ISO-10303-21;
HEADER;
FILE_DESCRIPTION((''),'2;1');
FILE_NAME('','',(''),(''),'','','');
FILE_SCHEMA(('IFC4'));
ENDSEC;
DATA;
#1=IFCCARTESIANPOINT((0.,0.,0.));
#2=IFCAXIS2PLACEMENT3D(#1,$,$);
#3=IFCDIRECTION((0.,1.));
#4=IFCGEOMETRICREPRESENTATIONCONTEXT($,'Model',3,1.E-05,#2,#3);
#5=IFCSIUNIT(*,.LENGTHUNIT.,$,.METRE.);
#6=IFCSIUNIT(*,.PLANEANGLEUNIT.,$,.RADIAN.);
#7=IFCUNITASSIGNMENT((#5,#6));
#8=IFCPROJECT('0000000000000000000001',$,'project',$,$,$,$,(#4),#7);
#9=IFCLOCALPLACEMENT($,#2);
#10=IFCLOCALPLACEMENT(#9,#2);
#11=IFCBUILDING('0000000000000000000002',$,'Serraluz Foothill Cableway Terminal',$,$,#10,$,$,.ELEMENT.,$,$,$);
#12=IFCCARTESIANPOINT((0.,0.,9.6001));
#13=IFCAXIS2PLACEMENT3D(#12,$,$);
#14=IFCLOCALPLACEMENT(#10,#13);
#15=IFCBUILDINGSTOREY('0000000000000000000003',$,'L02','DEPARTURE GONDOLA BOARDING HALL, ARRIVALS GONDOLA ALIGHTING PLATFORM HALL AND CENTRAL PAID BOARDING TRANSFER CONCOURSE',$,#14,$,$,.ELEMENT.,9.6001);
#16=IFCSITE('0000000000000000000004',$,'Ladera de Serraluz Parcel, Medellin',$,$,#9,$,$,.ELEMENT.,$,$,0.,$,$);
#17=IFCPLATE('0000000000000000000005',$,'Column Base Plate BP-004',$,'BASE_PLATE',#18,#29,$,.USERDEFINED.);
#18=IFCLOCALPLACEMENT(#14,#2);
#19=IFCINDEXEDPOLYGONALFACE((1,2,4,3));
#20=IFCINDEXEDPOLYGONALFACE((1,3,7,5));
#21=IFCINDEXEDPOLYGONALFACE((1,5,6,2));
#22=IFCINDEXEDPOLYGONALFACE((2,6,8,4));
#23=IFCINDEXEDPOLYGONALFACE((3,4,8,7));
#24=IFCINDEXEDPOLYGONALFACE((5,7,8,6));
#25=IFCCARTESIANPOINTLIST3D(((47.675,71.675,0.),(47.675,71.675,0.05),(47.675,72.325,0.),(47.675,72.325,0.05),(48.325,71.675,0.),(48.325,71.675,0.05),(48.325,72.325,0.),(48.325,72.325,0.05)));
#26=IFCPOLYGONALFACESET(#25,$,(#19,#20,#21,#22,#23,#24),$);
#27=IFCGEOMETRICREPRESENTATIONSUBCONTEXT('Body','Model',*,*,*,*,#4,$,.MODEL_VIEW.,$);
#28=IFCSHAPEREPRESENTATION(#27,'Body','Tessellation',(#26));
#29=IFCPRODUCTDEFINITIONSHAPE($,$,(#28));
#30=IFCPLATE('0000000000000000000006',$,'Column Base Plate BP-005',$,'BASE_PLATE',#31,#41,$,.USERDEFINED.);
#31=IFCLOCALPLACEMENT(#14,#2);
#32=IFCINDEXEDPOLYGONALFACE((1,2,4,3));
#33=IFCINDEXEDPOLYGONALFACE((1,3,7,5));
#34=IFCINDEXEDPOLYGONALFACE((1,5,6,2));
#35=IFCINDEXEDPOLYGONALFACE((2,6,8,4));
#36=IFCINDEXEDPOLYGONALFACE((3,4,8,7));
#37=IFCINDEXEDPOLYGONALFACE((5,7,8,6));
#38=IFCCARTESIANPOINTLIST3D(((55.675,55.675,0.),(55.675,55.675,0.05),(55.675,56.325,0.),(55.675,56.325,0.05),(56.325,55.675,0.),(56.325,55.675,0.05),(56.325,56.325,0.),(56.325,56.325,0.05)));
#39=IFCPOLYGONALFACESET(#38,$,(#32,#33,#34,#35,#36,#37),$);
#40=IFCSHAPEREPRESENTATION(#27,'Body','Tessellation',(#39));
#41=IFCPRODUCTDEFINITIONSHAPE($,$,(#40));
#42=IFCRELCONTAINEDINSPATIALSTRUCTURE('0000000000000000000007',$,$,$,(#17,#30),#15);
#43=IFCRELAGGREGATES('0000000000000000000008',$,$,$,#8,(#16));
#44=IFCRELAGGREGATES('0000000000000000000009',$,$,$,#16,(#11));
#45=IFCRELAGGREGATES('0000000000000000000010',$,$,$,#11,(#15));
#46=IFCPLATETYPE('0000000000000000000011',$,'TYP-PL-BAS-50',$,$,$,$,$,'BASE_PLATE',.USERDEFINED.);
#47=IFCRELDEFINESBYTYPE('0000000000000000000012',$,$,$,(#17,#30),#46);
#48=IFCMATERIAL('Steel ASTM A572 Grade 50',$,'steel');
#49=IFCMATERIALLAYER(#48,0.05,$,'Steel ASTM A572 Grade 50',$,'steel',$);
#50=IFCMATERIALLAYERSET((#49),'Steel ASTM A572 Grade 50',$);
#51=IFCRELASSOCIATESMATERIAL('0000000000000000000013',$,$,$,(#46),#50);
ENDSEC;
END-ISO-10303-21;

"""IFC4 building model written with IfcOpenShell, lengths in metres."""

from ifc_helpers import new_model, si_unit, direction, frame, origin, origin_2d, place, context, subcontext, project, spatial, rectangle, extrude, material, layer, layer_set, type_object, element, save


model = new_model("IFC4")

# Units and contexts
model_context = context("Model", 3, precision=1e-05, world=origin(), true_north=direction((0.0, 1.0)))
body_context = subcontext(model_context, "Body", "Model", "MODEL_VIEW")
ifc_project = project(units=[si_unit("LENGTHUNIT", "METRE"), si_unit("PLANEANGLEUNIT", "RADIAN")], contexts=[model_context])

# Site, building, storey
site_placement = place(None, origin())
site = spatial("IfcSite", under=ifc_project, at=site_placement, Name="Ladera de Serraluz Parcel, Medellin", CompositionType="ELEMENT", RefElevation=0.0)
building_placement = place(site_placement, origin())
building = spatial("IfcBuilding", under=site, at=building_placement, Name="Serraluz Foothill Cableway Terminal", CompositionType="ELEMENT")
storey_placement = place(building_placement, frame((0.0, 0.0, 9.6001)))
storey = spatial("IfcBuildingStorey", under=building, at=storey_placement, Name="L02", Description="DEPARTURE GONDOLA BOARDING HALL, ARRIVALS GONDOLA ALIGHTING PLATFORM HALL AND CENTRAL PAID BOARDING TRANSFER CONCOURSE", CompositionType="ELEMENT", Elevation=9.6001)

# Plates
ifc_material_1 = material(Name="Steel ASTM A572 Grade 50", Category="steel")
ifc_layer_1 = layer(ifc_material_1, 0.05, Name="Steel ASTM A572 Grade 50", Category="steel")
ifc_layer_set_1 = layer_set([ifc_layer_1], Name="Steel ASTM A572 Grade 50")
plate_type_1 = type_object("IfcPlateType", Name="TYP-PL-BAS-50", ElementType="BASE_PLATE", PredefinedType="USERDEFINED", material=ifc_layer_set_1)
for number, where, z_axis, x_axis, name in (
    (1, (48.0, 72.0, 0.0), (0.0, 0.0, 1.0), (1.0, 0.0, 0.0), "Column Base Plate BP-004"),
    (2, (56.0, 56.0, 0.0), (0.0, 0.0, 1.0), (1.0, 0.0, 0.0), "Column Base Plate BP-005"),
):
    element("IfcPlate", number, at=place(storey_placement, frame(where, z_axis=z_axis, x_axis=x_axis)), inside=storey, type_object=plate_type_1, Name=name, ObjectType="BASE_PLATE", PredefinedType="USERDEFINED", context=body_context, shape_type="SweptSolid", body=[
        extrude(rectangle(XDim=0.6499, YDim=0.6499, at=origin_2d()), origin(), (0.0, 0.0, 1.0), 0.05),
    ])

save(model, "model.ifc")
